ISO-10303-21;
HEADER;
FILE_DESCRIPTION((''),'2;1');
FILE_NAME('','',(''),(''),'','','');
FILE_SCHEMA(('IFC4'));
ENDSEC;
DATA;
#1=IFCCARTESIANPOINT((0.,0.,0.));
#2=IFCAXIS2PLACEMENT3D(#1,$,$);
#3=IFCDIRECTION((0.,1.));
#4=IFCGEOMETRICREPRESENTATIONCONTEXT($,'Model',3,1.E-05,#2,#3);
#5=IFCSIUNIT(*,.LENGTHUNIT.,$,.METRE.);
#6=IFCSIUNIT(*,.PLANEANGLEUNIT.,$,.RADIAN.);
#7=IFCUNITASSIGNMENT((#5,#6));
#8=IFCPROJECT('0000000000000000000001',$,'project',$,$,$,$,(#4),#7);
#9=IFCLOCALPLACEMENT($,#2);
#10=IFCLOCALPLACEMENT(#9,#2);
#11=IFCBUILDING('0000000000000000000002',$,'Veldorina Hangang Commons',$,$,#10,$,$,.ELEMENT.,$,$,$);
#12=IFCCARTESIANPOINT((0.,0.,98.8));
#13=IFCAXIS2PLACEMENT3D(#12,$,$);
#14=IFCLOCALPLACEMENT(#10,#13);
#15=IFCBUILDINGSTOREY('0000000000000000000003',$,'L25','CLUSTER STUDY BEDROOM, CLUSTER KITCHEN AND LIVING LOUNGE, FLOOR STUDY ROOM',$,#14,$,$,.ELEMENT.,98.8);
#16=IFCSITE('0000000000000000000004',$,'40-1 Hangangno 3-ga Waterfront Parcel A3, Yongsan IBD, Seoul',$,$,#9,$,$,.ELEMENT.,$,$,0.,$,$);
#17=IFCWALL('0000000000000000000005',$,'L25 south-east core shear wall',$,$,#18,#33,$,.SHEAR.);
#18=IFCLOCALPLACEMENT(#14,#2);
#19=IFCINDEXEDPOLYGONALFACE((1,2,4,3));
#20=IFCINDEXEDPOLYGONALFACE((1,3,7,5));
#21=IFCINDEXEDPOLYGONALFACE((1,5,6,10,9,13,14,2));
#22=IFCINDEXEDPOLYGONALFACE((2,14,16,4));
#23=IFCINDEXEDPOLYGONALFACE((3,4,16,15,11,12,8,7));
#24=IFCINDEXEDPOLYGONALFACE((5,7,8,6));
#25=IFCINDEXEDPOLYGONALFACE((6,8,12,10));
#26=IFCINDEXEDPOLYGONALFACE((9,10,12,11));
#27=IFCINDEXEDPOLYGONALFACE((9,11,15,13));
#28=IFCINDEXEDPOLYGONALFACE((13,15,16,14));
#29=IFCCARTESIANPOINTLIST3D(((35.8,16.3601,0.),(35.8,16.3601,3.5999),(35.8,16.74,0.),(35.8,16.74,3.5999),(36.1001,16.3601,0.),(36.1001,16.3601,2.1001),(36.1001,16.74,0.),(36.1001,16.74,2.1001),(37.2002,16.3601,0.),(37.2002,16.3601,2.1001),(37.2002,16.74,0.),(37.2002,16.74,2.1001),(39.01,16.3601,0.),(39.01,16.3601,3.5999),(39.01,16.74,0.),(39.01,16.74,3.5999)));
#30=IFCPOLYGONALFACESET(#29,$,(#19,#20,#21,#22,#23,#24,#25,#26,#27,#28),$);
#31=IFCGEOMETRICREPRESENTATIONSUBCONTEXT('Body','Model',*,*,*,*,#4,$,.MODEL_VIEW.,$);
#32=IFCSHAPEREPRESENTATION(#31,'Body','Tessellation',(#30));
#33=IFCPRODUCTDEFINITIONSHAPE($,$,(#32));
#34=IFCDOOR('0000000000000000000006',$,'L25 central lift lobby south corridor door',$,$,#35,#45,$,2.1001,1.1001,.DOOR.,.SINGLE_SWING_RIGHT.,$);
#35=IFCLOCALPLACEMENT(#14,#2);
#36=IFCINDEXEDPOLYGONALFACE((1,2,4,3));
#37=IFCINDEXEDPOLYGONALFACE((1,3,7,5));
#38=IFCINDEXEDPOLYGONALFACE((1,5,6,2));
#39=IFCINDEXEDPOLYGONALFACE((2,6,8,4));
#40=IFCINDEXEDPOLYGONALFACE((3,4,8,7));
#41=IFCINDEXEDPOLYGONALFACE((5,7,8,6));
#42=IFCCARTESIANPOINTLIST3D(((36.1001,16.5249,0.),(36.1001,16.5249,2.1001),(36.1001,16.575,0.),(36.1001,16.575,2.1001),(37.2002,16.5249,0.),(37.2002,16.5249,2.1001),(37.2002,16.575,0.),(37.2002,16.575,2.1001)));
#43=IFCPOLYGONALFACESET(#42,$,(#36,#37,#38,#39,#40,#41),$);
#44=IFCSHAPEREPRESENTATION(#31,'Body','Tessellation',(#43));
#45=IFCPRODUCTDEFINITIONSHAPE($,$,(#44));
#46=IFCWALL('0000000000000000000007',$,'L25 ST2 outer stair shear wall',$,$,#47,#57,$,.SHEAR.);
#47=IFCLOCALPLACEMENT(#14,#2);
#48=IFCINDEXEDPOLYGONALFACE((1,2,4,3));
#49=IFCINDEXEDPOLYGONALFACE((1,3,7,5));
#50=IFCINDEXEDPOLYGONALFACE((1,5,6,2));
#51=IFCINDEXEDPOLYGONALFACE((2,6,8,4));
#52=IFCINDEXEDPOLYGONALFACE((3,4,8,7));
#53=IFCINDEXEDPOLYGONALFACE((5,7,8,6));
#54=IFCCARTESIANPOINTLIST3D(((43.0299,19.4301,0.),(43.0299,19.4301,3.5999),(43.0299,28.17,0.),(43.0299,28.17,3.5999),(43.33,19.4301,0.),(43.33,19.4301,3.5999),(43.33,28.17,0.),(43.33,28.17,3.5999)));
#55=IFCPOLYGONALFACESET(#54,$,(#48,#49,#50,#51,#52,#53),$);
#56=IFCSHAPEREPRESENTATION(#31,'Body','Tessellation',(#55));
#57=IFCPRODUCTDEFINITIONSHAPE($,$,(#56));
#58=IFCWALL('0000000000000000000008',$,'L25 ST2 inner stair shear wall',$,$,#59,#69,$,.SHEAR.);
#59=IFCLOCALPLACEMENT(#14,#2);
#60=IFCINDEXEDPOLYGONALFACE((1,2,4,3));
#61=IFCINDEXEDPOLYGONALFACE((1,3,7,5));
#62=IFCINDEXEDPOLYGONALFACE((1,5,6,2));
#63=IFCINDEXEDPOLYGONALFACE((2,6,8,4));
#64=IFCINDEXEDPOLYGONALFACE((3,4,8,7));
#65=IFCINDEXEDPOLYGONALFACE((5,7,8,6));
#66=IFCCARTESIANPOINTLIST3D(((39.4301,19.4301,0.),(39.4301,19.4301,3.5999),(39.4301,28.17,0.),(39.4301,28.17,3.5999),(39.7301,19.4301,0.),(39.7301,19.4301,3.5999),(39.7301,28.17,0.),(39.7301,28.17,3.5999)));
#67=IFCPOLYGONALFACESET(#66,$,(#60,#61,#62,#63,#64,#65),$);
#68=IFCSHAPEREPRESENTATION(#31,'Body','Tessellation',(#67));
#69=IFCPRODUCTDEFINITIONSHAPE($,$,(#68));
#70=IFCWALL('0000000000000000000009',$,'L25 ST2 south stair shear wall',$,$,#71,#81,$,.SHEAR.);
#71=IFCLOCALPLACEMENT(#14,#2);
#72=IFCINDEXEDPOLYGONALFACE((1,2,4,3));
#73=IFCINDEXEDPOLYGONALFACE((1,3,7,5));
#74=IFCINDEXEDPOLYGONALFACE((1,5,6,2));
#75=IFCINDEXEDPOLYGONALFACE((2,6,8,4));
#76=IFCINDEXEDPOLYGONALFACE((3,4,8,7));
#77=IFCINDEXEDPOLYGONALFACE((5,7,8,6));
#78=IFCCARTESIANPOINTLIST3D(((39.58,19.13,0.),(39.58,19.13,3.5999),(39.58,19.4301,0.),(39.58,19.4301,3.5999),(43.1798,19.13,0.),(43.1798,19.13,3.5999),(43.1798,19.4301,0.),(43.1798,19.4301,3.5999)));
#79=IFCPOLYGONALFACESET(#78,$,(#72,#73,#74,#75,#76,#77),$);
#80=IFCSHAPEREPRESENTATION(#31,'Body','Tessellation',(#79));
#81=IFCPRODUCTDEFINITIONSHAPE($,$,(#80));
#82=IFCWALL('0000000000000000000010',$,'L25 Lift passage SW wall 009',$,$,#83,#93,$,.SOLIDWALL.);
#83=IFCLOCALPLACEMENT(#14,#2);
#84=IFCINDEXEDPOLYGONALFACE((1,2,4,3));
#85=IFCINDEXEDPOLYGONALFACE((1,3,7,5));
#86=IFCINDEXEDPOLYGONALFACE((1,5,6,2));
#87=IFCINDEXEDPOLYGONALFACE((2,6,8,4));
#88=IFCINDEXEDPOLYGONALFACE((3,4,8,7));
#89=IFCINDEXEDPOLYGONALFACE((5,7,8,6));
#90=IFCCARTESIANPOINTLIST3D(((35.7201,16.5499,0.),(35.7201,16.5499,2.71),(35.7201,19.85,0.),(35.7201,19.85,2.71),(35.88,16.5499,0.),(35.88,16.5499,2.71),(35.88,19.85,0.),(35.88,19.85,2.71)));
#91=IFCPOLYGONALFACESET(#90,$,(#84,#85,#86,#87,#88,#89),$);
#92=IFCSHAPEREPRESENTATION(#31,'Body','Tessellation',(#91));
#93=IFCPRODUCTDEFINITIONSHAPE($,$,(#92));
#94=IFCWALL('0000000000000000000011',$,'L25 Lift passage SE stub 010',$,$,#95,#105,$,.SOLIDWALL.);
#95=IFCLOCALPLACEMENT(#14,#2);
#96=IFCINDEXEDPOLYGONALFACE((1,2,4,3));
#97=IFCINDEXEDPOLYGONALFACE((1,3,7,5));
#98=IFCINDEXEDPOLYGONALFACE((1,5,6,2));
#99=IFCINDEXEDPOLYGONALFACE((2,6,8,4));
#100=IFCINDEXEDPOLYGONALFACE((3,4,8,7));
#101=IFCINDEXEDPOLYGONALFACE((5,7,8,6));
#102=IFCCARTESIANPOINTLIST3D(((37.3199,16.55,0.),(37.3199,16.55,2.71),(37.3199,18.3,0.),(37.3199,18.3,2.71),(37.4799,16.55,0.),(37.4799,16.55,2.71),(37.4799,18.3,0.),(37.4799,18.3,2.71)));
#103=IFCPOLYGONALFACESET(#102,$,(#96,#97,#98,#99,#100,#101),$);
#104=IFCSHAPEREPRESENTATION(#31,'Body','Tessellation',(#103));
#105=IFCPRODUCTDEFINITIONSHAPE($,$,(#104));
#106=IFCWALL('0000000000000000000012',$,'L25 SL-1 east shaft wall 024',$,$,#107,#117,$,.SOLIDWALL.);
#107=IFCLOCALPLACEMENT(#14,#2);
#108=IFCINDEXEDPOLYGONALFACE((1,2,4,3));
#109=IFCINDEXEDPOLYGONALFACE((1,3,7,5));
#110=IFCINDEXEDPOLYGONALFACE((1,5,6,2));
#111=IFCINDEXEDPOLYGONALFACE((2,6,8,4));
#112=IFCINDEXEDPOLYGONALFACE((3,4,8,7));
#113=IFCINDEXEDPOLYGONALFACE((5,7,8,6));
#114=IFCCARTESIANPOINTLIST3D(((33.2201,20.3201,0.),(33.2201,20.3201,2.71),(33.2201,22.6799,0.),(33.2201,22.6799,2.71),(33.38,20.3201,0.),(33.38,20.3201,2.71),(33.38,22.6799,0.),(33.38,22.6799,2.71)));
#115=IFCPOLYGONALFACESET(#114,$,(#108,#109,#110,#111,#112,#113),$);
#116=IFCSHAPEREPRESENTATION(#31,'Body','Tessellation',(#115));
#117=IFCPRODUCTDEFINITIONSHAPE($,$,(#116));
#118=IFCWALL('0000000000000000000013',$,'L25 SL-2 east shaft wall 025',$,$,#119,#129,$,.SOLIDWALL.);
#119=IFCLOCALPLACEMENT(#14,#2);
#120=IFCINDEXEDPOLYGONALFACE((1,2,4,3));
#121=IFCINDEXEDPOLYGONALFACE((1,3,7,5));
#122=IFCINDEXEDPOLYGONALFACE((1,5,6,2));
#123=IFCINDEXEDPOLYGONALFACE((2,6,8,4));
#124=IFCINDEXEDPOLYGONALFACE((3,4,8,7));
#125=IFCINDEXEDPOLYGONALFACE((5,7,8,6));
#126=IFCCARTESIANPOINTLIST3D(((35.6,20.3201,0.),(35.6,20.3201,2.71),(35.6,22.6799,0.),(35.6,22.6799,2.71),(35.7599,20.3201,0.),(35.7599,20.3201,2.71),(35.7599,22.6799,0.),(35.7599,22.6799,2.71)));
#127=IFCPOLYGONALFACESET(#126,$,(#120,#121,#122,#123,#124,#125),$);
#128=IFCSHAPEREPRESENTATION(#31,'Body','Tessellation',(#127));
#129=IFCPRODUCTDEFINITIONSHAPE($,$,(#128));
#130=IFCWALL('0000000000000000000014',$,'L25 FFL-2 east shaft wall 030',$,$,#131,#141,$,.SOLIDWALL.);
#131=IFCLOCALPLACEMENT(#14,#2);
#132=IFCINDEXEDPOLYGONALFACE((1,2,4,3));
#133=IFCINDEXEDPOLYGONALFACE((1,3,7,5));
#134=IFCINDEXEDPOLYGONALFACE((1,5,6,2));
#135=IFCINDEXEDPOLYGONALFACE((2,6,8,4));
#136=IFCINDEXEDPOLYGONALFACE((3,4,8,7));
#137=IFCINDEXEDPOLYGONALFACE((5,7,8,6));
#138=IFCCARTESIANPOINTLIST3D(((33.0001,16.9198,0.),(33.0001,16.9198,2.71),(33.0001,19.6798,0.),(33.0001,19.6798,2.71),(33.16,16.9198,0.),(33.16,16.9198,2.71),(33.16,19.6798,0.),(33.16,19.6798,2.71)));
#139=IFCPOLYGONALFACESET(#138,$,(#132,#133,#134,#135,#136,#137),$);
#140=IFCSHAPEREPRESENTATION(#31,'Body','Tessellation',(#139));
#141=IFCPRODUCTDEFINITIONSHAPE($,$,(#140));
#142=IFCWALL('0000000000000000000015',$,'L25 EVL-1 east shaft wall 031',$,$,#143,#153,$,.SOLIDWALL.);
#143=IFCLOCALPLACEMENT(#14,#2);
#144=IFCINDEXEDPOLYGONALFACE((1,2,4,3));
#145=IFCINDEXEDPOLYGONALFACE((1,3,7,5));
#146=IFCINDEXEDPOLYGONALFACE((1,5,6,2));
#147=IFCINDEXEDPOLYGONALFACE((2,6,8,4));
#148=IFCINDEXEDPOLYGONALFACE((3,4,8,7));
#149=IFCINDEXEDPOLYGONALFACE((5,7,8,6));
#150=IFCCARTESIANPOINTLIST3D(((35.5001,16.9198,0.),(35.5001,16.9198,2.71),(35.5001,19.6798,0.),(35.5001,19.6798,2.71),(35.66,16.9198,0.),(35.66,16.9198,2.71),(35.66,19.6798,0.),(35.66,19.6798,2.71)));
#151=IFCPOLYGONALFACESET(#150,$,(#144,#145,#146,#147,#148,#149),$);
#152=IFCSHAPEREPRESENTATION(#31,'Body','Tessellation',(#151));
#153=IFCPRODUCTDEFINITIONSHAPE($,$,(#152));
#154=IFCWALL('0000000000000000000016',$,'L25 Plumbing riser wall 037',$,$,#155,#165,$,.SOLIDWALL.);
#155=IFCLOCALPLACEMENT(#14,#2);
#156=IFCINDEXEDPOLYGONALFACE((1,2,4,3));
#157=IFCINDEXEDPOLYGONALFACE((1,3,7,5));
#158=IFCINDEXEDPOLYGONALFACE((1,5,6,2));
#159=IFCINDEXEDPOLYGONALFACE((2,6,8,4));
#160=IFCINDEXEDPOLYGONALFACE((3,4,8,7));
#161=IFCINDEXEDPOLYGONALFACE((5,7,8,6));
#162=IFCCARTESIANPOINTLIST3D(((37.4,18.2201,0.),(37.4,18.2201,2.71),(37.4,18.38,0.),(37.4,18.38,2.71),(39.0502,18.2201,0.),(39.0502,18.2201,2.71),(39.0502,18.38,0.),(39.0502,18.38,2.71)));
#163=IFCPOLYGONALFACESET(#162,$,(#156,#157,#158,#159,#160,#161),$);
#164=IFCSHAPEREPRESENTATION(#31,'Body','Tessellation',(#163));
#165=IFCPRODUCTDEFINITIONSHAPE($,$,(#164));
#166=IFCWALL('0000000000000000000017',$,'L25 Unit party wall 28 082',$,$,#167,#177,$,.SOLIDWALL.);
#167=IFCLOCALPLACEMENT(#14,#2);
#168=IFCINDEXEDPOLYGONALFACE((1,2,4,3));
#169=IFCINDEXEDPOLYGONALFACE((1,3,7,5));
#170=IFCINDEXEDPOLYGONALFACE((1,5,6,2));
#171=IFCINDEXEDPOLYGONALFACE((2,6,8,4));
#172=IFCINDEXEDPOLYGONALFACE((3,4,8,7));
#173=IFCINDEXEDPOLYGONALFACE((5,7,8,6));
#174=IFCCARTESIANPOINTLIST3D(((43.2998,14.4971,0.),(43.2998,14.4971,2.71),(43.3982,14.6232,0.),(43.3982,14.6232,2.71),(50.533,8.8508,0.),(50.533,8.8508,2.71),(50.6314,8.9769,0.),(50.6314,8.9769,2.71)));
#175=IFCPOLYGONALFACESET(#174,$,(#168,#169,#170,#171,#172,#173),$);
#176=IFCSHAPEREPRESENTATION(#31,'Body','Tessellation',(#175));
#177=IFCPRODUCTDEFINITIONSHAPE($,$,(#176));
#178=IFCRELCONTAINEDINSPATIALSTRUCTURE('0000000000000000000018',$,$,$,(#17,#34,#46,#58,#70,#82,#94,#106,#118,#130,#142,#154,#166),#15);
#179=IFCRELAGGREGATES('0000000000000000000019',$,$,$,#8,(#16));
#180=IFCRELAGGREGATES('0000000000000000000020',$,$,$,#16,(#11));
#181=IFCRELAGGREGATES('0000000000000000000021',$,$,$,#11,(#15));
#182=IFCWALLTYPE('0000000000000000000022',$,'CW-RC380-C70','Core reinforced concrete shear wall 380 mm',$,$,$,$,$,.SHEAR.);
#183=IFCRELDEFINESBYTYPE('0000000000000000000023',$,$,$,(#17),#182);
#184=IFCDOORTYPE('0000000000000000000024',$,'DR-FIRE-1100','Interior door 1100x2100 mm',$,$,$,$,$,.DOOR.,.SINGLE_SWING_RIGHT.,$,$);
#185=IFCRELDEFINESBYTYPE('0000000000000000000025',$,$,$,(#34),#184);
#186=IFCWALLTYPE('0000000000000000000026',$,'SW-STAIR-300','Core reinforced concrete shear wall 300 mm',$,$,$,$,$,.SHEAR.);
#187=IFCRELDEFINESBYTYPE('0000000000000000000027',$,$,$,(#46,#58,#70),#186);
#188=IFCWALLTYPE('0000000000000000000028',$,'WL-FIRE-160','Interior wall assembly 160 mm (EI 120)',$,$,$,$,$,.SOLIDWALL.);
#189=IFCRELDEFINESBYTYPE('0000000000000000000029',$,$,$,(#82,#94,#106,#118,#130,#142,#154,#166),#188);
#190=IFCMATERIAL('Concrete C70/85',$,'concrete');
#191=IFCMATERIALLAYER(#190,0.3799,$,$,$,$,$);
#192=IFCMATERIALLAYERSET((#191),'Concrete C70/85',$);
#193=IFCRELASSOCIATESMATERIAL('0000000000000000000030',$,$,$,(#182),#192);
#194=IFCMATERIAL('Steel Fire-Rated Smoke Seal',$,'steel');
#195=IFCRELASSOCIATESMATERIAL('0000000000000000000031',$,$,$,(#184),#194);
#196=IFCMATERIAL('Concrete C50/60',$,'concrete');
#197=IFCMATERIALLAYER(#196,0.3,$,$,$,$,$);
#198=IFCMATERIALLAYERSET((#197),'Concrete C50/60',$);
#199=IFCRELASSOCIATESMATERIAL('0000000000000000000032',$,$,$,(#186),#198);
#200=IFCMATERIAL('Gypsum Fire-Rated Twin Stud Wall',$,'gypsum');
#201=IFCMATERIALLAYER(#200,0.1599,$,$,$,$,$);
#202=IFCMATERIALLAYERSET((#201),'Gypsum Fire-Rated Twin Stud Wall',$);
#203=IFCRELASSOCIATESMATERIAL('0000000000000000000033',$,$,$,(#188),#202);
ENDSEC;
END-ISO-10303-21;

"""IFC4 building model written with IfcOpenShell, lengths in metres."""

from ifc_helpers import new_model, si_unit, direction, frame, frame_2d, origin, place, context, subcontext, project, spatial, rectangle, extrude, material, layer, layer_set, type_object, element, fill, save


model = new_model("IFC4")

# Units and contexts
model_context = context("Model", 3, precision=1e-05, world=origin(), true_north=direction((0.0, 1.0)))
body_context = subcontext(model_context, "Body", "Model", "MODEL_VIEW")
ifc_project = project(units=[si_unit("LENGTHUNIT", "METRE"), si_unit("PLANEANGLEUNIT", "RADIAN")], contexts=[model_context])

# Site, building, storey
site_placement = place(None, origin())
site = spatial("IfcSite", under=ifc_project, at=site_placement, Name="40-1 Hangangno 3-ga Waterfront Parcel A3, Yongsan IBD, Seoul", CompositionType="ELEMENT", RefElevation=0.0)
building_placement = place(site_placement, origin())
building = spatial("IfcBuilding", under=site, at=building_placement, Name="Veldorina Hangang Commons", CompositionType="ELEMENT")
storey_placement = place(building_placement, frame((0.0, 0.0, 98.8)))
storey = spatial("IfcBuildingStorey", under=building, at=storey_placement, Name="L25", Description="CLUSTER STUDY BEDROOM, CLUSTER KITCHEN AND LIVING LOUNGE, FLOOR STUDY ROOM", CompositionType="ELEMENT", Elevation=98.8)

# Shared definitions
ifc_material_1 = material(Name="Concrete C70/85", Category="concrete")

# Shared definitions
ifc_layer_1 = layer(ifc_material_1, 0.3799)
ifc_layer_set_1 = layer_set([ifc_layer_1], Name="Concrete C70/85")
wall_type_1 = type_object("IfcWallType", Name="CW-RC380-C70", Description="Core reinforced concrete shear wall 380 mm", PredefinedType="SHEAR", material=ifc_layer_set_1)

# Wall, opening, door
wall_1_placement = place(storey_placement, frame((35.8, 16.55, 0.0), z_axis=(0.0, 0.0, 1.0), x_axis=(1.0, 0.0, 0.0)))
wall_1 = element("IfcWall", 1, at=wall_1_placement, inside=storey, type_object=wall_type_1, Name="L25 south-east core shear wall", PredefinedType="SHEAR", context=body_context, shape_type="SweptSolid", body=[
    extrude(rectangle(XDim=3.21, YDim=0.3799, at=frame_2d((1.605, 0.0))), origin(), (0.0, 0.0, 1.0), 3.5999),
])
opening_1_placement = place(wall_1_placement, frame((0.3, 0.0, 0.0)))
opening_1 = element("IfcOpeningElement", 2, at=opening_1_placement, cuts=wall_1, PredefinedType="OPENING", context=body_context, shape_type="SweptSolid", body=[
    extrude(rectangle(XDim=1.1001, YDim=2.1001, at=frame_2d((0.55, 1.05))), frame((0.0, 0.2, 0.0), z_axis=(0.0, -1.0, 0.0), x_axis=(1.0, 0.0, 0.0)), (0.0, 0.0, 1.0), 0.3999),
])
ifc_material_2 = material(Name="Steel Fire-Rated Smoke Seal", Category="steel")
door_type_1 = type_object("IfcDoorType", Name="DR-FIRE-1100", Description="Interior door 1100x2100 mm", OperationType="SINGLE_SWING_RIGHT", PredefinedType="DOOR", material=ifc_material_2)
door_1_placement = place(opening_1_placement, origin())
door_1 = element("IfcDoor", 3, at=door_1_placement, inside=storey, type_object=door_type_1, Name="L25 central lift lobby south corridor door", OperationType="SINGLE_SWING_RIGHT", OverallHeight=2.1001, OverallWidth=1.1001, PredefinedType="DOOR", context=body_context, shape_type="SweptSolid", body=[
    extrude(rectangle(XDim=1.1001, YDim=2.1001, at=frame_2d((0.55, 1.05))), frame((0.0, 0.0249, 0.0), z_axis=(0.0, -1.0, 0.0), x_axis=(1.0, 0.0, 0.0)), (0.0, 0.0, 1.0), 0.05),
])
fill(opening_1, door_1)

# Walls
ifc_material_3 = material(Name="Concrete C50/60", Category="concrete")
ifc_layer_2 = layer(ifc_material_3, 0.3)
ifc_layer_set_2 = layer_set([ifc_layer_2], Name="Concrete C50/60")
wall_type_2 = type_object("IfcWallType", Name="SW-STAIR-300", Description="Core reinforced concrete shear wall 300 mm", PredefinedType="SHEAR", material=ifc_layer_set_2)
for number, where, z_axis, x_axis, name in (
    (4, (43.1799, 19.4299, 0.0), (0.0, 0.0, 1.0), (0.0, 1.0, 0.0), "L25 ST2 outer stair shear wall"),
    (5, (39.5801, 19.4299, 0.0), (0.0, 0.0, 1.0), (0.0, 1.0, 0.0), "L25 ST2 inner stair shear wall"),
):
    element("IfcWall", number, at=place(storey_placement, frame(where, z_axis=z_axis, x_axis=x_axis)), inside=storey, type_object=wall_type_2, Name=name, PredefinedType="SHEAR", context=body_context, shape_type="SweptSolid", body=[
        extrude(rectangle(XDim=8.74, YDim=0.3, at=frame_2d((4.3701, 0.0))), origin(), (0.0, 0.0, 1.0), 3.5999),
    ])
wall_2_placement = place(storey_placement, frame((39.5801, 19.28, 0.0), z_axis=(0.0, 0.0, 1.0), x_axis=(1.0, 0.0, 0.0)))
element("IfcWall", 6, at=wall_2_placement, inside=storey, type_object=wall_type_2, Name="L25 ST2 south stair shear wall", PredefinedType="SHEAR", context=body_context, shape_type="SweptSolid", body=[
    extrude(rectangle(XDim=3.5999, YDim=0.3, at=frame_2d((1.7998, 0.0))), origin(), (0.0, 0.0, 1.0), 3.5999),
])
ifc_material_4 = material(Name="Gypsum Fire-Rated Twin Stud Wall", Category="gypsum")
ifc_layer_3 = layer(ifc_material_4, 0.1599)
ifc_layer_set_3 = layer_set([ifc_layer_3], Name="Gypsum Fire-Rated Twin Stud Wall")
wall_type_3 = type_object("IfcWallType", Name="WL-FIRE-160", Description="Interior wall assembly 160 mm (EI 120)", PredefinedType="SOLIDWALL", material=ifc_layer_set_3)
wall_3_placement = place(storey_placement, frame((35.8, 16.55, 0.0), z_axis=(0.0, 0.0, 1.0), x_axis=(0.0, 1.0, 0.0)))
element("IfcWall", 7, at=wall_3_placement, inside=storey, type_object=wall_type_3, Name="L25 Lift passage SW wall 009", PredefinedType="SOLIDWALL", context=body_context, shape_type="SweptSolid", body=[
    extrude(rectangle(XDim=3.3, YDim=0.1599, at=frame_2d((1.6499, 0.0))), origin(), (0.0, 0.0, 1.0), 2.71),
])
wall_4_placement = place(storey_placement, frame((37.3999, 16.55, 0.0), z_axis=(0.0, 0.0, 1.0), x_axis=(0.0, 1.0, 0.0)))
element("IfcWall", 8, at=wall_4_placement, inside=storey, type_object=wall_type_3, Name="L25 Lift passage SE stub 010", PredefinedType="SOLIDWALL", context=body_context, shape_type="SweptSolid", body=[
    extrude(rectangle(XDim=1.75, YDim=0.1599, at=frame_2d((0.875, 0.0))), origin(), (0.0, 0.0, 1.0), 2.71),
])
for number, where, z_axis, x_axis, name in (
    (9, (33.3, 20.3201, 0.0), (0.0, 0.0, 1.0), (0.0, 1.0, 0.0), "L25 SL-1 east shaft wall 024"),
    (10, (35.6799, 20.3201, 0.0), (0.0, 0.0, 1.0), (0.0, 1.0, 0.0), "L25 SL-2 east shaft wall 025"),
):
    element("IfcWall", number, at=place(storey_placement, frame(where, z_axis=z_axis, x_axis=x_axis)), inside=storey, type_object=wall_type_3, Name=name, PredefinedType="SOLIDWALL", context=body_context, shape_type="SweptSolid", body=[
        extrude(rectangle(XDim=2.3599, YDim=0.1599, at=frame_2d((1.1799, 0.0))), origin(), (0.0, 0.0, 1.0), 2.71),
    ])
for number, where, z_axis, x_axis, name in (
    (11, (33.0801, 16.9199, 0.0), (0.0, 0.0, 1.0), (0.0, 1.0, 0.0), "L25 FFL-2 east shaft wall 030"),
    (12, (35.5801, 16.9199, 0.0), (0.0, 0.0, 1.0), (0.0, 1.0, 0.0), "L25 EVL-1 east shaft wall 031"),
):
    element("IfcWall", number, at=place(storey_placement, frame(where, z_axis=z_axis, x_axis=x_axis)), inside=storey, type_object=wall_type_3, Name=name, PredefinedType="SOLIDWALL", context=body_context, shape_type="SweptSolid", body=[
        extrude(rectangle(XDim=2.76, YDim=0.1599, at=frame_2d((1.3799, 0.0))), origin(), (0.0, 0.0, 1.0), 2.71),
    ])
wall_5_placement = place(storey_placement, frame((37.3999, 18.3, 0.0), z_axis=(0.0, 0.0, 1.0), x_axis=(1.0, 0.0, 0.0)))
element("IfcWall", 13, at=wall_5_placement, inside=storey, type_object=wall_type_3, Name="L25 Plumbing riser wall 037", PredefinedType="SOLIDWALL", context=body_context, shape_type="SweptSolid", body=[
    extrude(rectangle(XDim=1.6501, YDim=0.1599, at=frame_2d((0.8252, 0.0))), origin(), (0.0, 0.0, 1.0), 2.71),
])
wall_6_placement = place(storey_placement, frame((43.3491, 14.5601, 0.0), z_axis=(0.0, 0.0, 1.0), x_axis=(0.788271, -0.615329, 0.0)))
element("IfcWall", 14, at=wall_6_placement, inside=storey, type_object=wall_type_3, Name="L25 Unit party wall 28 082", PredefinedType="SOLIDWALL", context=body_context, shape_type="SweptSolid", body=[
    extrude(rectangle(XDim=9.176, YDim=0.1599, at=frame_2d((4.5879, 0.0))), origin(), (0.0, 0.0, 1.0), 2.71),
])

save(model, "model.ifc")
